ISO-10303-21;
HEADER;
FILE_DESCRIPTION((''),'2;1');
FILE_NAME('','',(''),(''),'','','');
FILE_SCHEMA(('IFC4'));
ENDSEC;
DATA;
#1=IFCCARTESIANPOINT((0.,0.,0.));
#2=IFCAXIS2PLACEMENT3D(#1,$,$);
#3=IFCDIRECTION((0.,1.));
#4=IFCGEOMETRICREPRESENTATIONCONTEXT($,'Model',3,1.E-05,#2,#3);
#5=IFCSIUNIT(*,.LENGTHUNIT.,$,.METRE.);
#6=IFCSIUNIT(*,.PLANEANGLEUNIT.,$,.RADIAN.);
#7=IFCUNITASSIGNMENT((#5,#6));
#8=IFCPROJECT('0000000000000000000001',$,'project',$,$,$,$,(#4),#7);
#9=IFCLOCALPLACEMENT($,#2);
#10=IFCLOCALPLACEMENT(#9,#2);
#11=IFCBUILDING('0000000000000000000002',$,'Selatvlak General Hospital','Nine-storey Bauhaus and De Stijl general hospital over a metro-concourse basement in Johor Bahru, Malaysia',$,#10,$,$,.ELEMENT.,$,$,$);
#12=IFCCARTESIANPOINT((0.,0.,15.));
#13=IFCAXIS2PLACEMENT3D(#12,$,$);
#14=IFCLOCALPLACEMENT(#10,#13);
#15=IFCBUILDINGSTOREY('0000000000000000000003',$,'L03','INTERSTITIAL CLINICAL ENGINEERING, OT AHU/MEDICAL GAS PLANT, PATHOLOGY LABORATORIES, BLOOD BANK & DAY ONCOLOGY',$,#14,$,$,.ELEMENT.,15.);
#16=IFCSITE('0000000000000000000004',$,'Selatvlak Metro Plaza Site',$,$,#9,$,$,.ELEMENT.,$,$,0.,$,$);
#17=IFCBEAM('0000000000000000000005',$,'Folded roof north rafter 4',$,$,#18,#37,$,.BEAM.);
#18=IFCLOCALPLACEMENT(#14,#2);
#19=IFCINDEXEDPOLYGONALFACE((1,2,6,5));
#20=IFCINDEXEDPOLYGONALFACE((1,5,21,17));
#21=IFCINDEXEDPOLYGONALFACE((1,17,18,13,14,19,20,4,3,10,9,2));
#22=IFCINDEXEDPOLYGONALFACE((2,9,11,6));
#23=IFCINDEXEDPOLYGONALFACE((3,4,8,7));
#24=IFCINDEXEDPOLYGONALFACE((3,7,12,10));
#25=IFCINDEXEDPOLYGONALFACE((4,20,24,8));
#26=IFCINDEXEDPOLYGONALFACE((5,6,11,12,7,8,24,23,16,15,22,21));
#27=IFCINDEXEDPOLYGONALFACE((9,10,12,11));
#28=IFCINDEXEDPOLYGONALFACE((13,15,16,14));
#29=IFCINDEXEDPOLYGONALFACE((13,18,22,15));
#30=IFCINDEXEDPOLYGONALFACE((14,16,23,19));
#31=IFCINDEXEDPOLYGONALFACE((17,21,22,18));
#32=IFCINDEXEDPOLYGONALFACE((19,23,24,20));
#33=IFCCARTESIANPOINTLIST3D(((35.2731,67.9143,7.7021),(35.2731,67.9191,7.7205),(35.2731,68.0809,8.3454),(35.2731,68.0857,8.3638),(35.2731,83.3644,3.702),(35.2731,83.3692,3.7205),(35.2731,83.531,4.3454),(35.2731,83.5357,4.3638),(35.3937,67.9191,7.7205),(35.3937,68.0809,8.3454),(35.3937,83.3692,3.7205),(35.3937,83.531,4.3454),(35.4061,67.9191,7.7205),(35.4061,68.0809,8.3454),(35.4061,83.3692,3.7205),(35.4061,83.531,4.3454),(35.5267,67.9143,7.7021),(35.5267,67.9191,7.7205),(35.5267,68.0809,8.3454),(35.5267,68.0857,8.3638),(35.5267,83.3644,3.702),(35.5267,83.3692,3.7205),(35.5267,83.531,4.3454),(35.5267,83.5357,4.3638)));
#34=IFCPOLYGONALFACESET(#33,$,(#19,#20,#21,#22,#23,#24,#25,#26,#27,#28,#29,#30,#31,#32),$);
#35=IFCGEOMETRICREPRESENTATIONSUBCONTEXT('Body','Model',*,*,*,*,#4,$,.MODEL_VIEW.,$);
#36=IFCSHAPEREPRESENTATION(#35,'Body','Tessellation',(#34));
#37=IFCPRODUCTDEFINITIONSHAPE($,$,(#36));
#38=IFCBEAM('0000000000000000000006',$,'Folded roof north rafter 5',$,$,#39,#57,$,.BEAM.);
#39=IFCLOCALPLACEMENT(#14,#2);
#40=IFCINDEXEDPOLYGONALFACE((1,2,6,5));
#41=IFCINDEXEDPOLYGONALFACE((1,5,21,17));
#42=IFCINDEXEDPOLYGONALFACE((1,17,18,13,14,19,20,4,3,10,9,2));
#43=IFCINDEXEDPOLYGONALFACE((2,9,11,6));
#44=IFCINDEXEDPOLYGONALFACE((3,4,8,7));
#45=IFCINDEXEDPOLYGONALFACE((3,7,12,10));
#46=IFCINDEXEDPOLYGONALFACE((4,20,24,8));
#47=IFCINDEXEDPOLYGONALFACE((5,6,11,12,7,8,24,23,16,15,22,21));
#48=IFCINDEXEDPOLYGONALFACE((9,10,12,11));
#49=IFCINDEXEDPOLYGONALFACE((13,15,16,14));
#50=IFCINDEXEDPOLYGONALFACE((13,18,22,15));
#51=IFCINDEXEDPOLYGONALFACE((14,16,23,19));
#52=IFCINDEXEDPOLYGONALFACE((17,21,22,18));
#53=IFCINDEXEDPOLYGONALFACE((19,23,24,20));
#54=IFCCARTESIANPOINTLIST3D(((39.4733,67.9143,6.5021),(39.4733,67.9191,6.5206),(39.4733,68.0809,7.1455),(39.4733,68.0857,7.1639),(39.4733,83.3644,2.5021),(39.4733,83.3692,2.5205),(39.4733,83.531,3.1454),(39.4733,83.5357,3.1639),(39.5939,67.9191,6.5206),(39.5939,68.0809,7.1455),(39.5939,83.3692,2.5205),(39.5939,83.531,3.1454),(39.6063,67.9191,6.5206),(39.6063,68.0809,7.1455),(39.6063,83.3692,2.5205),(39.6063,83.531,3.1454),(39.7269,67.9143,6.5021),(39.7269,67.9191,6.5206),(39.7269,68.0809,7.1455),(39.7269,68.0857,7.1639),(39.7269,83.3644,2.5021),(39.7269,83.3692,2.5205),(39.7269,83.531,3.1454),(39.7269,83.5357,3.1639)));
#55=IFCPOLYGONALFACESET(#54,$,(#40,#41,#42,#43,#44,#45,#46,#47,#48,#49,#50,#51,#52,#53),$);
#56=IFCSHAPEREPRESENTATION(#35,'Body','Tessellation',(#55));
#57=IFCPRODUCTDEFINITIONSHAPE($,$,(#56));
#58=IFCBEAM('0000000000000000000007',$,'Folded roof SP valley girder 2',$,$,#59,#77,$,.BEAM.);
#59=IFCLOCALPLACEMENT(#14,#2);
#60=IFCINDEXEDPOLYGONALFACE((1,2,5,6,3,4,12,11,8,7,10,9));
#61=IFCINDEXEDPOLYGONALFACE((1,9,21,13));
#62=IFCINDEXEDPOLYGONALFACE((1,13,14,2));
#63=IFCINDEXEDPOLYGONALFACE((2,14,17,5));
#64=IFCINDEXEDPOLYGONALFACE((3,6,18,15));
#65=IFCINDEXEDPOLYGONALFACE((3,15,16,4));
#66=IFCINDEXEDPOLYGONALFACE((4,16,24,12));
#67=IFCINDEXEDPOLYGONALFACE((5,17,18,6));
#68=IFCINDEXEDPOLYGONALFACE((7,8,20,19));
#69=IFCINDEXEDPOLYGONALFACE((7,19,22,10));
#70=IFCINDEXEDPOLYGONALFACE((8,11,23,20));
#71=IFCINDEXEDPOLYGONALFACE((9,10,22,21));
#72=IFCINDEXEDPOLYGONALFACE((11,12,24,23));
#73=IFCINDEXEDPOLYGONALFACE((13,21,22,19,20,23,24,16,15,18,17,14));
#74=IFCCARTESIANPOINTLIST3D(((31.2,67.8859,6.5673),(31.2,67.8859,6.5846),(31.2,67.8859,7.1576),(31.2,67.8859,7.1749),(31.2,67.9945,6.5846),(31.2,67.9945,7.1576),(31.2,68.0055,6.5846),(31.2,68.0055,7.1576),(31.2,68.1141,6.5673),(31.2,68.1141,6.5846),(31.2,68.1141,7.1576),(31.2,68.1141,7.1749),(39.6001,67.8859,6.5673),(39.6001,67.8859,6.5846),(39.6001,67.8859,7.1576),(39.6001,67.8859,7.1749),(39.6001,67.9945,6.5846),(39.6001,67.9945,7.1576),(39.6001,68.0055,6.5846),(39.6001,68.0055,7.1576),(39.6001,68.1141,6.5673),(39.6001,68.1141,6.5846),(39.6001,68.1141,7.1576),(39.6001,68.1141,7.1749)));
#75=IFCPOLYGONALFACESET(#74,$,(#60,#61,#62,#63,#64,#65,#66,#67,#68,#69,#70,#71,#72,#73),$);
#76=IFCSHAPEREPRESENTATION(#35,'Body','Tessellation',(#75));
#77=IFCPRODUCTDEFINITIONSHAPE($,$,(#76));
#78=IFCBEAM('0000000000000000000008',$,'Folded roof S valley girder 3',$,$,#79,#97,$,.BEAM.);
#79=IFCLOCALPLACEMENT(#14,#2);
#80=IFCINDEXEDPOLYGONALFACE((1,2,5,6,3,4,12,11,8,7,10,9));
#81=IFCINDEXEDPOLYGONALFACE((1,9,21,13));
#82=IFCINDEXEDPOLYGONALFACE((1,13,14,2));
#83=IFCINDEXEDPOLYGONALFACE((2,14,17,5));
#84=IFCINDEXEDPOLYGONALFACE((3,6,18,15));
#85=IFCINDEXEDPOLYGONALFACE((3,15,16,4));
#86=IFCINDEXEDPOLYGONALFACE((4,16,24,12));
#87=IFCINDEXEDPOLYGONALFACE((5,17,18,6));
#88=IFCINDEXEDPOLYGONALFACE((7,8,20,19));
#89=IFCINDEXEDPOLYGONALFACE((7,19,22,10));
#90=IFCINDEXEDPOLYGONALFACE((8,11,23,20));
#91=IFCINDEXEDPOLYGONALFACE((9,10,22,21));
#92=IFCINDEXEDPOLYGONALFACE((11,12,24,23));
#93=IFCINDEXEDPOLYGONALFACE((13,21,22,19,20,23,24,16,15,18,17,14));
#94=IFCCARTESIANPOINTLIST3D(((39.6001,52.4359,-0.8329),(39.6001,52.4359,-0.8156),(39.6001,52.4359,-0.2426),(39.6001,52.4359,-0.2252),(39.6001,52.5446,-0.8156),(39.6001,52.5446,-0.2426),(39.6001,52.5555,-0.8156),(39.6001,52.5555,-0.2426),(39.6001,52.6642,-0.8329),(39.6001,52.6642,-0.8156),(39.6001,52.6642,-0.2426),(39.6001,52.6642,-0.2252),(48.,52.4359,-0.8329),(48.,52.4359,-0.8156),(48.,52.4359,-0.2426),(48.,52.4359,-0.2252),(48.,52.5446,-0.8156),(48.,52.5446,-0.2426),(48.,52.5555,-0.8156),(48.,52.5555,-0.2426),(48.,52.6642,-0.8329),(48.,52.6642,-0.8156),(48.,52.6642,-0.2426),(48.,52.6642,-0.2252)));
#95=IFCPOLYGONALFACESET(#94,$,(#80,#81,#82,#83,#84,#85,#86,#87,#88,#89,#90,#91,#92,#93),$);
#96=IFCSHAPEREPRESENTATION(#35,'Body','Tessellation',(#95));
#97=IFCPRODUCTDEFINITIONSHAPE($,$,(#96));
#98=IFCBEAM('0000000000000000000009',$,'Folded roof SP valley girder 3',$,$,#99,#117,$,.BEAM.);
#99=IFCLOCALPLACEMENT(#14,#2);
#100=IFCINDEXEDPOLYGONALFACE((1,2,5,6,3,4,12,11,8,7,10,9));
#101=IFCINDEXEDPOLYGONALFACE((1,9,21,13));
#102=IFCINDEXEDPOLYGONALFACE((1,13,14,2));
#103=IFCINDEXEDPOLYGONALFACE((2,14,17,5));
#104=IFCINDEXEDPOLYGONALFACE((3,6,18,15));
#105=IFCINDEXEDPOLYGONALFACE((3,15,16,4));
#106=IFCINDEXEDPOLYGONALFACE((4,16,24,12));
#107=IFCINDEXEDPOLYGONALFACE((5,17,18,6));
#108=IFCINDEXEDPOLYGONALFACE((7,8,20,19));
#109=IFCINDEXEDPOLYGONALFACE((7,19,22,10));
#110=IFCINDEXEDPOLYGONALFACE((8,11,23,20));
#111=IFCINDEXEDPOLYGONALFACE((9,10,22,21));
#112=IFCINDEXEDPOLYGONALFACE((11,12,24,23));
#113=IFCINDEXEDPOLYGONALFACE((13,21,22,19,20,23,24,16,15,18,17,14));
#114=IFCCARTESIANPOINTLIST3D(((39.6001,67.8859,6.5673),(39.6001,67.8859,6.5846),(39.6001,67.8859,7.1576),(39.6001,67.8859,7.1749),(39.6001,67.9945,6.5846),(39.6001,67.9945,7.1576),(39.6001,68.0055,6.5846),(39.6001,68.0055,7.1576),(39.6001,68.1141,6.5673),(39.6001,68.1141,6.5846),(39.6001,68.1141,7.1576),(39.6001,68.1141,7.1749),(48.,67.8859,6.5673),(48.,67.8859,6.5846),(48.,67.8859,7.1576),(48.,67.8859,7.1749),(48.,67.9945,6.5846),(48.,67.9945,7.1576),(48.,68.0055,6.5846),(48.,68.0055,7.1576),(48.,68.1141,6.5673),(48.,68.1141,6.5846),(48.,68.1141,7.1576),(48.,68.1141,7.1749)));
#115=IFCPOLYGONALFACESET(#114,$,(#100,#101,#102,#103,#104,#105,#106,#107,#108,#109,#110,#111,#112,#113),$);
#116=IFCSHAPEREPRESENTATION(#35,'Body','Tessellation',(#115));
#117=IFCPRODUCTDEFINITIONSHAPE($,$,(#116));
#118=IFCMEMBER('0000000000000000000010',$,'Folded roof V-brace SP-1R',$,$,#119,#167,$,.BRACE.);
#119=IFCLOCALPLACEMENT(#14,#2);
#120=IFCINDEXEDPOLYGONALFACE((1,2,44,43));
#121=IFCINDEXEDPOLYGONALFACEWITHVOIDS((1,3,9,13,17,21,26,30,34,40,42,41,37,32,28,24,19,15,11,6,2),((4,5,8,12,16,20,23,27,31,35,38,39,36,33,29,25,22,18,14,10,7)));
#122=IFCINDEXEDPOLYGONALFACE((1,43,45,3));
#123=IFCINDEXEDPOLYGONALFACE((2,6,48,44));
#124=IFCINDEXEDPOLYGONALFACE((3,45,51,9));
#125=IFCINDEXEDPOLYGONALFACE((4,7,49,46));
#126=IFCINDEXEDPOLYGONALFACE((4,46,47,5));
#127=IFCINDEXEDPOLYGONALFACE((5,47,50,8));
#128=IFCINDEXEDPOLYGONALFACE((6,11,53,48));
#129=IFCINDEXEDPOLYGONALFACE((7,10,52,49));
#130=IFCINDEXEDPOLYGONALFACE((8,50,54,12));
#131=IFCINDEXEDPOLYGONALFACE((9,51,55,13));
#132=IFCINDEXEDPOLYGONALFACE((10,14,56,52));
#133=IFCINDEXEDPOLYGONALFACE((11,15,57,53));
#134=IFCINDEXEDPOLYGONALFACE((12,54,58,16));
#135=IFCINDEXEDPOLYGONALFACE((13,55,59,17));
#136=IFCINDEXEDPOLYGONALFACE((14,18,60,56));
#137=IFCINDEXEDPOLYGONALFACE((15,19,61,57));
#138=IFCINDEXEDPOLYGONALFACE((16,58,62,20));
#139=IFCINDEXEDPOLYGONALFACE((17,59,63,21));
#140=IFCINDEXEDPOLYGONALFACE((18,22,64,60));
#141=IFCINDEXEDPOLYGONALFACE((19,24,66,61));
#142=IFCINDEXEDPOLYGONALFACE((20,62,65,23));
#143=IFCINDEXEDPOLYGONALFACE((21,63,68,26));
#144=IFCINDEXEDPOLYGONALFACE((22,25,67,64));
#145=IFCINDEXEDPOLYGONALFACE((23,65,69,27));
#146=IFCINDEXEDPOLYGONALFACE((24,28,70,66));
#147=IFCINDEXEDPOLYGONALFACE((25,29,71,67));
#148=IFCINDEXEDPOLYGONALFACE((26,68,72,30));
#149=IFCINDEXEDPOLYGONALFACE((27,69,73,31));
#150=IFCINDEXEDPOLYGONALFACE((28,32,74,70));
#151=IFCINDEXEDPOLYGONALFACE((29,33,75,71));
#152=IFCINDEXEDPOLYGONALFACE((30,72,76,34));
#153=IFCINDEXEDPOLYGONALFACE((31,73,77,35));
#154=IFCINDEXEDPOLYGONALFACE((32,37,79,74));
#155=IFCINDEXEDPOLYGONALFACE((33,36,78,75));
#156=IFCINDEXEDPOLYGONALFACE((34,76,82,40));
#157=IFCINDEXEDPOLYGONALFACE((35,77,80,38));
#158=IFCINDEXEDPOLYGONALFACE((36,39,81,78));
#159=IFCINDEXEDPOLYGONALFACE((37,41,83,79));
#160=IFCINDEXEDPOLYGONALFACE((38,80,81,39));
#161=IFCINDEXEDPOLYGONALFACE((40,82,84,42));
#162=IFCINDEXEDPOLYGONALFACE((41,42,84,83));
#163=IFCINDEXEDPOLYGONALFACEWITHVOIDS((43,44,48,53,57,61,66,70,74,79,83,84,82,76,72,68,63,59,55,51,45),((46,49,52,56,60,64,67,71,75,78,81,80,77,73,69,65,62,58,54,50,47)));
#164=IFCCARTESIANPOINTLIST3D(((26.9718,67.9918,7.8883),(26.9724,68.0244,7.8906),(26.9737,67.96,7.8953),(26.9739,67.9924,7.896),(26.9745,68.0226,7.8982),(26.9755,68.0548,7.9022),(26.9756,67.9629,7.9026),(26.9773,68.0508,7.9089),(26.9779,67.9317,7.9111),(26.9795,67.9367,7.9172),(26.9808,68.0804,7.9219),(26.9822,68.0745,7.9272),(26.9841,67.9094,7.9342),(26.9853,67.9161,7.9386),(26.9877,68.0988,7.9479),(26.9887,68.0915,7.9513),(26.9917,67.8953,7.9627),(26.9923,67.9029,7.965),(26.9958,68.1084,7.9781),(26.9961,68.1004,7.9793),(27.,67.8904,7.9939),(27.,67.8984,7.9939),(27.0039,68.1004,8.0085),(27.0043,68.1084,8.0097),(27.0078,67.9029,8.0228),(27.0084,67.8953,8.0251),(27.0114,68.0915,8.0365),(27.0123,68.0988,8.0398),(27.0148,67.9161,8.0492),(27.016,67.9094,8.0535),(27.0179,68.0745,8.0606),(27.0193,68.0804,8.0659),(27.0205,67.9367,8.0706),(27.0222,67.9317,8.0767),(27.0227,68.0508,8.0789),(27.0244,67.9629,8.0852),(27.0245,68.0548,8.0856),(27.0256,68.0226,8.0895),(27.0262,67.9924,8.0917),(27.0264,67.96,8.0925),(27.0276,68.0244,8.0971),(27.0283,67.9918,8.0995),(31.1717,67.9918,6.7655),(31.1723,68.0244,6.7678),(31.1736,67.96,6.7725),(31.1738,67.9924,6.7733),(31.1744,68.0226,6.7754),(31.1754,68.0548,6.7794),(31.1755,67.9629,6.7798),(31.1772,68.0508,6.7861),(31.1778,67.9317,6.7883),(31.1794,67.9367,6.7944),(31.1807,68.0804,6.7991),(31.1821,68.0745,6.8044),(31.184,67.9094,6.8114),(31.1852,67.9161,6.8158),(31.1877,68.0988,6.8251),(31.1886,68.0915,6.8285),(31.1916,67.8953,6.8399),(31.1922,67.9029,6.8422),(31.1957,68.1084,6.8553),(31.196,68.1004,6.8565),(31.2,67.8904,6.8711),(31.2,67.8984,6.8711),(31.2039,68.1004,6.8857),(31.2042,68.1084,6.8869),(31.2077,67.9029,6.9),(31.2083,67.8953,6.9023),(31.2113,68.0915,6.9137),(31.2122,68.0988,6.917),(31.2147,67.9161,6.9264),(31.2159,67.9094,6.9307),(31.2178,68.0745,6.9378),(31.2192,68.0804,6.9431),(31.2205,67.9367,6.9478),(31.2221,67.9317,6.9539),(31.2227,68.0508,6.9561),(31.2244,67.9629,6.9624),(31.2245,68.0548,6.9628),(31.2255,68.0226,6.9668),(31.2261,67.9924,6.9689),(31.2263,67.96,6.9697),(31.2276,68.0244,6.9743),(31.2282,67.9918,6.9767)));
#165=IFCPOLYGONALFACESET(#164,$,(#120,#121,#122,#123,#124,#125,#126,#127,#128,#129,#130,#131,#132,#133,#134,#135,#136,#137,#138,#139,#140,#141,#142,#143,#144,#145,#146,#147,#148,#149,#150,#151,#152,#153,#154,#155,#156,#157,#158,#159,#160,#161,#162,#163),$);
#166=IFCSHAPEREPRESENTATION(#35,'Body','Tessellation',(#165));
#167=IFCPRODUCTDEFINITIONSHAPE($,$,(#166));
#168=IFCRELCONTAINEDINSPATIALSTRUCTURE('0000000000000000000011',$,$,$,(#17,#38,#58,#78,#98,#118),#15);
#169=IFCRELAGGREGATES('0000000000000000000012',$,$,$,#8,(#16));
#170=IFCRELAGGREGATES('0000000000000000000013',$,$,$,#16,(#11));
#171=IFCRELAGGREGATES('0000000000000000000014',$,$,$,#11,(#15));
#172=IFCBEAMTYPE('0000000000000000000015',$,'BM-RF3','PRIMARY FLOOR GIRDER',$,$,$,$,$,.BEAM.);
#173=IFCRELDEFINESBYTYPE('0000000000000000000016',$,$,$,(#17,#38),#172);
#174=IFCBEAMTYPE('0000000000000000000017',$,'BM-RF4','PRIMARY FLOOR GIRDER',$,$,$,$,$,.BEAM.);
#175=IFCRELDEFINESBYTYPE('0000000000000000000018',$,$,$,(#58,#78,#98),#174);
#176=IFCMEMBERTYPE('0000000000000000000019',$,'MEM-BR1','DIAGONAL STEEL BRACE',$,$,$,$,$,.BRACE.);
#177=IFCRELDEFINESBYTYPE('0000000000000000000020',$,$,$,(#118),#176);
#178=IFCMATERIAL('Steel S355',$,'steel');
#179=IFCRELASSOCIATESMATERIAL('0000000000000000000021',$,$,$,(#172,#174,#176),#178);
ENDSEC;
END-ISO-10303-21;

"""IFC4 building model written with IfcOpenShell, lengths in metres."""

from ifc_helpers import new_model, si_unit, direction, frame, origin, origin_2d, place, context, subcontext, project, spatial, hollow_circle, i_section, extrude, material, material_profile, profile_set, type_object, element, save


model = new_model("IFC4")

# Units and contexts
model_context = context("Model", 3, precision=1e-05, world=origin(), true_north=direction((0.0, 1.0)))
body_context = subcontext(model_context, "Body", "Model", "MODEL_VIEW")
ifc_project = project(units=[si_unit("LENGTHUNIT", "METRE"), si_unit("PLANEANGLEUNIT", "RADIAN")], contexts=[model_context])

# Site, building, storey
site_placement = place(None, origin())
site = spatial("IfcSite", under=ifc_project, at=site_placement, Name="Selatvlak Metro Plaza Site", CompositionType="ELEMENT", RefElevation=0.0)
building_placement = place(site_placement, origin())
building = spatial("IfcBuilding", under=site, at=building_placement, Name="Selatvlak General Hospital", Description="Nine-storey Bauhaus and De Stijl general hospital over a metro-concourse basement in Johor Bahru, Malaysia", CompositionType="ELEMENT")
storey_placement = place(building_placement, frame((0.0, 0.0, 15.0)))
storey = spatial("IfcBuildingStorey", under=building, at=storey_placement, Name="L03", Description="INTERSTITIAL CLINICAL ENGINEERING, OT AHU/MEDICAL GAS PLANT, PATHOLOGY LABORATORIES, BLOOD BANK & DAY ONCOLOGY", CompositionType="ELEMENT", Elevation=15.0)

# Shared definitions
ifc_material = material(Name="Steel S355", Category="steel")

# Beams
ifc_material_profile_1 = material_profile(ifc_material, i_section(OverallWidth=0.2537, OverallDepth=0.6836, WebThickness=0.0125, FlangeThickness=0.019, at=origin_2d()), Name="UB 686x254x140")
ifc_profile_set_1 = profile_set([ifc_material_profile_1], Name="Steel S355")
beam_type_1 = type_object("IfcBeamType", Name="BM-RF3", Description="PRIMARY FLOOR GIRDER", PredefinedType="BEAM", material=ifc_profile_set_1)
for number, where, z_axis, x_axis, name in (
    (1, (35.3999, 68.0, 8.033), (0.0, 0.968081, -0.250637), (-1.0, 0.0, 0.0), "Folded roof north rafter 4"),
    (2, (39.6001, 68.0, 6.833), (0.0, 0.968081, -0.250637), (-1.0, 0.0, 0.0), "Folded roof north rafter 5"),
):
    element("IfcBeam", number, at=place(storey_placement, frame(where, z_axis=z_axis, x_axis=x_axis)), inside=storey, type_object=beam_type_1, Name=name, PredefinedType="BEAM", context=body_context, shape_type="SweptSolid", body=[
        extrude(i_section(OverallWidth=0.2537, OverallDepth=0.6836, WebThickness=0.0125, FlangeThickness=0.019, at=origin_2d()), origin(), (0.0, 0.0, 1.0), 15.9595),
    ])
ifc_material_profile_2 = material_profile(ifc_material, i_section(OverallWidth=0.2283, OverallDepth=0.6077, WebThickness=0.011, FlangeThickness=0.0173, at=origin_2d()), Name="UB 610x229x113")
ifc_profile_set_2 = profile_set([ifc_material_profile_2], Name="Steel S355")
beam_type_2 = type_object("IfcBeamType", Name="BM-RF4", Description="PRIMARY FLOOR GIRDER", PredefinedType="BEAM", material=ifc_profile_set_2)
beam_1_placement = place(storey_placement, frame((31.2, 68.0, 6.8711), z_axis=(1.0, 0.0, 0.0), x_axis=(0.0, 1.0, 0.0)))
element("IfcBeam", 3, at=beam_1_placement, inside=storey, type_object=beam_type_2, Name="Folded roof SP valley girder 2", PredefinedType="BEAM", context=body_context, shape_type="SweptSolid", body=[
    extrude(i_section(OverallWidth=0.2283, OverallDepth=0.6077, WebThickness=0.011, FlangeThickness=0.0173, at=origin_2d()), origin(), (0.0, 0.0, 1.0), 8.4001),
])
for number, where, z_axis, x_axis, name in (
    (4, (39.6001, 52.55, -0.5291), (1.0, 0.0, 0.0), (0.0, 1.0, 0.0), "Folded roof S valley girder 3"),
    (5, (39.6001, 68.0, 6.8711), (1.0, 0.0, 0.0), (0.0, 1.0, 0.0), "Folded roof SP valley girder 3"),
):
    element("IfcBeam", number, at=place(storey_placement, frame(where, z_axis=z_axis, x_axis=x_axis)), inside=storey, type_object=beam_type_2, Name=name, PredefinedType="BEAM", context=body_context, shape_type="SweptSolid", body=[
        extrude(i_section(OverallWidth=0.2283, OverallDepth=0.6077, WebThickness=0.011, FlangeThickness=0.0173, at=origin_2d()), origin(), (0.0, 0.0, 1.0), 8.3999),
    ])

# Member
ifc_material_profile_3 = material_profile(ifc_material, hollow_circle(Radius=0.1096, WallThickness=0.0081, at=origin_2d()), Name="CHS 219.1x8")
ifc_profile_set_3 = profile_set([ifc_material_profile_3], Name="Steel S355")
member_type_1 = type_object("IfcMemberType", Name="MEM-BR1", Description="DIAGONAL STEEL BRACE", PredefinedType="BRACE", material=ifc_profile_set_3)
for number, where, z_axis, x_axis, name in (
    (6, (31.2, 68.0, 6.8711), (-0.966074, 0.0, 0.258267), (0.0, -1.0, 0.0), "Folded roof V-brace SP-1R"),
):
    element("IfcMember", number, at=place(storey_placement, frame(where, z_axis=z_axis, x_axis=x_axis)), inside=storey, type_object=member_type_1, Name=name, PredefinedType="BRACE", context=body_context, shape_type="SweptSolid", body=[
        extrude(hollow_circle(Radius=0.1096, WallThickness=0.0081, at=origin_2d()), origin(), (0.0, 0.0, 1.0), 4.3474),
    ])

save(model, "model.ifc")
